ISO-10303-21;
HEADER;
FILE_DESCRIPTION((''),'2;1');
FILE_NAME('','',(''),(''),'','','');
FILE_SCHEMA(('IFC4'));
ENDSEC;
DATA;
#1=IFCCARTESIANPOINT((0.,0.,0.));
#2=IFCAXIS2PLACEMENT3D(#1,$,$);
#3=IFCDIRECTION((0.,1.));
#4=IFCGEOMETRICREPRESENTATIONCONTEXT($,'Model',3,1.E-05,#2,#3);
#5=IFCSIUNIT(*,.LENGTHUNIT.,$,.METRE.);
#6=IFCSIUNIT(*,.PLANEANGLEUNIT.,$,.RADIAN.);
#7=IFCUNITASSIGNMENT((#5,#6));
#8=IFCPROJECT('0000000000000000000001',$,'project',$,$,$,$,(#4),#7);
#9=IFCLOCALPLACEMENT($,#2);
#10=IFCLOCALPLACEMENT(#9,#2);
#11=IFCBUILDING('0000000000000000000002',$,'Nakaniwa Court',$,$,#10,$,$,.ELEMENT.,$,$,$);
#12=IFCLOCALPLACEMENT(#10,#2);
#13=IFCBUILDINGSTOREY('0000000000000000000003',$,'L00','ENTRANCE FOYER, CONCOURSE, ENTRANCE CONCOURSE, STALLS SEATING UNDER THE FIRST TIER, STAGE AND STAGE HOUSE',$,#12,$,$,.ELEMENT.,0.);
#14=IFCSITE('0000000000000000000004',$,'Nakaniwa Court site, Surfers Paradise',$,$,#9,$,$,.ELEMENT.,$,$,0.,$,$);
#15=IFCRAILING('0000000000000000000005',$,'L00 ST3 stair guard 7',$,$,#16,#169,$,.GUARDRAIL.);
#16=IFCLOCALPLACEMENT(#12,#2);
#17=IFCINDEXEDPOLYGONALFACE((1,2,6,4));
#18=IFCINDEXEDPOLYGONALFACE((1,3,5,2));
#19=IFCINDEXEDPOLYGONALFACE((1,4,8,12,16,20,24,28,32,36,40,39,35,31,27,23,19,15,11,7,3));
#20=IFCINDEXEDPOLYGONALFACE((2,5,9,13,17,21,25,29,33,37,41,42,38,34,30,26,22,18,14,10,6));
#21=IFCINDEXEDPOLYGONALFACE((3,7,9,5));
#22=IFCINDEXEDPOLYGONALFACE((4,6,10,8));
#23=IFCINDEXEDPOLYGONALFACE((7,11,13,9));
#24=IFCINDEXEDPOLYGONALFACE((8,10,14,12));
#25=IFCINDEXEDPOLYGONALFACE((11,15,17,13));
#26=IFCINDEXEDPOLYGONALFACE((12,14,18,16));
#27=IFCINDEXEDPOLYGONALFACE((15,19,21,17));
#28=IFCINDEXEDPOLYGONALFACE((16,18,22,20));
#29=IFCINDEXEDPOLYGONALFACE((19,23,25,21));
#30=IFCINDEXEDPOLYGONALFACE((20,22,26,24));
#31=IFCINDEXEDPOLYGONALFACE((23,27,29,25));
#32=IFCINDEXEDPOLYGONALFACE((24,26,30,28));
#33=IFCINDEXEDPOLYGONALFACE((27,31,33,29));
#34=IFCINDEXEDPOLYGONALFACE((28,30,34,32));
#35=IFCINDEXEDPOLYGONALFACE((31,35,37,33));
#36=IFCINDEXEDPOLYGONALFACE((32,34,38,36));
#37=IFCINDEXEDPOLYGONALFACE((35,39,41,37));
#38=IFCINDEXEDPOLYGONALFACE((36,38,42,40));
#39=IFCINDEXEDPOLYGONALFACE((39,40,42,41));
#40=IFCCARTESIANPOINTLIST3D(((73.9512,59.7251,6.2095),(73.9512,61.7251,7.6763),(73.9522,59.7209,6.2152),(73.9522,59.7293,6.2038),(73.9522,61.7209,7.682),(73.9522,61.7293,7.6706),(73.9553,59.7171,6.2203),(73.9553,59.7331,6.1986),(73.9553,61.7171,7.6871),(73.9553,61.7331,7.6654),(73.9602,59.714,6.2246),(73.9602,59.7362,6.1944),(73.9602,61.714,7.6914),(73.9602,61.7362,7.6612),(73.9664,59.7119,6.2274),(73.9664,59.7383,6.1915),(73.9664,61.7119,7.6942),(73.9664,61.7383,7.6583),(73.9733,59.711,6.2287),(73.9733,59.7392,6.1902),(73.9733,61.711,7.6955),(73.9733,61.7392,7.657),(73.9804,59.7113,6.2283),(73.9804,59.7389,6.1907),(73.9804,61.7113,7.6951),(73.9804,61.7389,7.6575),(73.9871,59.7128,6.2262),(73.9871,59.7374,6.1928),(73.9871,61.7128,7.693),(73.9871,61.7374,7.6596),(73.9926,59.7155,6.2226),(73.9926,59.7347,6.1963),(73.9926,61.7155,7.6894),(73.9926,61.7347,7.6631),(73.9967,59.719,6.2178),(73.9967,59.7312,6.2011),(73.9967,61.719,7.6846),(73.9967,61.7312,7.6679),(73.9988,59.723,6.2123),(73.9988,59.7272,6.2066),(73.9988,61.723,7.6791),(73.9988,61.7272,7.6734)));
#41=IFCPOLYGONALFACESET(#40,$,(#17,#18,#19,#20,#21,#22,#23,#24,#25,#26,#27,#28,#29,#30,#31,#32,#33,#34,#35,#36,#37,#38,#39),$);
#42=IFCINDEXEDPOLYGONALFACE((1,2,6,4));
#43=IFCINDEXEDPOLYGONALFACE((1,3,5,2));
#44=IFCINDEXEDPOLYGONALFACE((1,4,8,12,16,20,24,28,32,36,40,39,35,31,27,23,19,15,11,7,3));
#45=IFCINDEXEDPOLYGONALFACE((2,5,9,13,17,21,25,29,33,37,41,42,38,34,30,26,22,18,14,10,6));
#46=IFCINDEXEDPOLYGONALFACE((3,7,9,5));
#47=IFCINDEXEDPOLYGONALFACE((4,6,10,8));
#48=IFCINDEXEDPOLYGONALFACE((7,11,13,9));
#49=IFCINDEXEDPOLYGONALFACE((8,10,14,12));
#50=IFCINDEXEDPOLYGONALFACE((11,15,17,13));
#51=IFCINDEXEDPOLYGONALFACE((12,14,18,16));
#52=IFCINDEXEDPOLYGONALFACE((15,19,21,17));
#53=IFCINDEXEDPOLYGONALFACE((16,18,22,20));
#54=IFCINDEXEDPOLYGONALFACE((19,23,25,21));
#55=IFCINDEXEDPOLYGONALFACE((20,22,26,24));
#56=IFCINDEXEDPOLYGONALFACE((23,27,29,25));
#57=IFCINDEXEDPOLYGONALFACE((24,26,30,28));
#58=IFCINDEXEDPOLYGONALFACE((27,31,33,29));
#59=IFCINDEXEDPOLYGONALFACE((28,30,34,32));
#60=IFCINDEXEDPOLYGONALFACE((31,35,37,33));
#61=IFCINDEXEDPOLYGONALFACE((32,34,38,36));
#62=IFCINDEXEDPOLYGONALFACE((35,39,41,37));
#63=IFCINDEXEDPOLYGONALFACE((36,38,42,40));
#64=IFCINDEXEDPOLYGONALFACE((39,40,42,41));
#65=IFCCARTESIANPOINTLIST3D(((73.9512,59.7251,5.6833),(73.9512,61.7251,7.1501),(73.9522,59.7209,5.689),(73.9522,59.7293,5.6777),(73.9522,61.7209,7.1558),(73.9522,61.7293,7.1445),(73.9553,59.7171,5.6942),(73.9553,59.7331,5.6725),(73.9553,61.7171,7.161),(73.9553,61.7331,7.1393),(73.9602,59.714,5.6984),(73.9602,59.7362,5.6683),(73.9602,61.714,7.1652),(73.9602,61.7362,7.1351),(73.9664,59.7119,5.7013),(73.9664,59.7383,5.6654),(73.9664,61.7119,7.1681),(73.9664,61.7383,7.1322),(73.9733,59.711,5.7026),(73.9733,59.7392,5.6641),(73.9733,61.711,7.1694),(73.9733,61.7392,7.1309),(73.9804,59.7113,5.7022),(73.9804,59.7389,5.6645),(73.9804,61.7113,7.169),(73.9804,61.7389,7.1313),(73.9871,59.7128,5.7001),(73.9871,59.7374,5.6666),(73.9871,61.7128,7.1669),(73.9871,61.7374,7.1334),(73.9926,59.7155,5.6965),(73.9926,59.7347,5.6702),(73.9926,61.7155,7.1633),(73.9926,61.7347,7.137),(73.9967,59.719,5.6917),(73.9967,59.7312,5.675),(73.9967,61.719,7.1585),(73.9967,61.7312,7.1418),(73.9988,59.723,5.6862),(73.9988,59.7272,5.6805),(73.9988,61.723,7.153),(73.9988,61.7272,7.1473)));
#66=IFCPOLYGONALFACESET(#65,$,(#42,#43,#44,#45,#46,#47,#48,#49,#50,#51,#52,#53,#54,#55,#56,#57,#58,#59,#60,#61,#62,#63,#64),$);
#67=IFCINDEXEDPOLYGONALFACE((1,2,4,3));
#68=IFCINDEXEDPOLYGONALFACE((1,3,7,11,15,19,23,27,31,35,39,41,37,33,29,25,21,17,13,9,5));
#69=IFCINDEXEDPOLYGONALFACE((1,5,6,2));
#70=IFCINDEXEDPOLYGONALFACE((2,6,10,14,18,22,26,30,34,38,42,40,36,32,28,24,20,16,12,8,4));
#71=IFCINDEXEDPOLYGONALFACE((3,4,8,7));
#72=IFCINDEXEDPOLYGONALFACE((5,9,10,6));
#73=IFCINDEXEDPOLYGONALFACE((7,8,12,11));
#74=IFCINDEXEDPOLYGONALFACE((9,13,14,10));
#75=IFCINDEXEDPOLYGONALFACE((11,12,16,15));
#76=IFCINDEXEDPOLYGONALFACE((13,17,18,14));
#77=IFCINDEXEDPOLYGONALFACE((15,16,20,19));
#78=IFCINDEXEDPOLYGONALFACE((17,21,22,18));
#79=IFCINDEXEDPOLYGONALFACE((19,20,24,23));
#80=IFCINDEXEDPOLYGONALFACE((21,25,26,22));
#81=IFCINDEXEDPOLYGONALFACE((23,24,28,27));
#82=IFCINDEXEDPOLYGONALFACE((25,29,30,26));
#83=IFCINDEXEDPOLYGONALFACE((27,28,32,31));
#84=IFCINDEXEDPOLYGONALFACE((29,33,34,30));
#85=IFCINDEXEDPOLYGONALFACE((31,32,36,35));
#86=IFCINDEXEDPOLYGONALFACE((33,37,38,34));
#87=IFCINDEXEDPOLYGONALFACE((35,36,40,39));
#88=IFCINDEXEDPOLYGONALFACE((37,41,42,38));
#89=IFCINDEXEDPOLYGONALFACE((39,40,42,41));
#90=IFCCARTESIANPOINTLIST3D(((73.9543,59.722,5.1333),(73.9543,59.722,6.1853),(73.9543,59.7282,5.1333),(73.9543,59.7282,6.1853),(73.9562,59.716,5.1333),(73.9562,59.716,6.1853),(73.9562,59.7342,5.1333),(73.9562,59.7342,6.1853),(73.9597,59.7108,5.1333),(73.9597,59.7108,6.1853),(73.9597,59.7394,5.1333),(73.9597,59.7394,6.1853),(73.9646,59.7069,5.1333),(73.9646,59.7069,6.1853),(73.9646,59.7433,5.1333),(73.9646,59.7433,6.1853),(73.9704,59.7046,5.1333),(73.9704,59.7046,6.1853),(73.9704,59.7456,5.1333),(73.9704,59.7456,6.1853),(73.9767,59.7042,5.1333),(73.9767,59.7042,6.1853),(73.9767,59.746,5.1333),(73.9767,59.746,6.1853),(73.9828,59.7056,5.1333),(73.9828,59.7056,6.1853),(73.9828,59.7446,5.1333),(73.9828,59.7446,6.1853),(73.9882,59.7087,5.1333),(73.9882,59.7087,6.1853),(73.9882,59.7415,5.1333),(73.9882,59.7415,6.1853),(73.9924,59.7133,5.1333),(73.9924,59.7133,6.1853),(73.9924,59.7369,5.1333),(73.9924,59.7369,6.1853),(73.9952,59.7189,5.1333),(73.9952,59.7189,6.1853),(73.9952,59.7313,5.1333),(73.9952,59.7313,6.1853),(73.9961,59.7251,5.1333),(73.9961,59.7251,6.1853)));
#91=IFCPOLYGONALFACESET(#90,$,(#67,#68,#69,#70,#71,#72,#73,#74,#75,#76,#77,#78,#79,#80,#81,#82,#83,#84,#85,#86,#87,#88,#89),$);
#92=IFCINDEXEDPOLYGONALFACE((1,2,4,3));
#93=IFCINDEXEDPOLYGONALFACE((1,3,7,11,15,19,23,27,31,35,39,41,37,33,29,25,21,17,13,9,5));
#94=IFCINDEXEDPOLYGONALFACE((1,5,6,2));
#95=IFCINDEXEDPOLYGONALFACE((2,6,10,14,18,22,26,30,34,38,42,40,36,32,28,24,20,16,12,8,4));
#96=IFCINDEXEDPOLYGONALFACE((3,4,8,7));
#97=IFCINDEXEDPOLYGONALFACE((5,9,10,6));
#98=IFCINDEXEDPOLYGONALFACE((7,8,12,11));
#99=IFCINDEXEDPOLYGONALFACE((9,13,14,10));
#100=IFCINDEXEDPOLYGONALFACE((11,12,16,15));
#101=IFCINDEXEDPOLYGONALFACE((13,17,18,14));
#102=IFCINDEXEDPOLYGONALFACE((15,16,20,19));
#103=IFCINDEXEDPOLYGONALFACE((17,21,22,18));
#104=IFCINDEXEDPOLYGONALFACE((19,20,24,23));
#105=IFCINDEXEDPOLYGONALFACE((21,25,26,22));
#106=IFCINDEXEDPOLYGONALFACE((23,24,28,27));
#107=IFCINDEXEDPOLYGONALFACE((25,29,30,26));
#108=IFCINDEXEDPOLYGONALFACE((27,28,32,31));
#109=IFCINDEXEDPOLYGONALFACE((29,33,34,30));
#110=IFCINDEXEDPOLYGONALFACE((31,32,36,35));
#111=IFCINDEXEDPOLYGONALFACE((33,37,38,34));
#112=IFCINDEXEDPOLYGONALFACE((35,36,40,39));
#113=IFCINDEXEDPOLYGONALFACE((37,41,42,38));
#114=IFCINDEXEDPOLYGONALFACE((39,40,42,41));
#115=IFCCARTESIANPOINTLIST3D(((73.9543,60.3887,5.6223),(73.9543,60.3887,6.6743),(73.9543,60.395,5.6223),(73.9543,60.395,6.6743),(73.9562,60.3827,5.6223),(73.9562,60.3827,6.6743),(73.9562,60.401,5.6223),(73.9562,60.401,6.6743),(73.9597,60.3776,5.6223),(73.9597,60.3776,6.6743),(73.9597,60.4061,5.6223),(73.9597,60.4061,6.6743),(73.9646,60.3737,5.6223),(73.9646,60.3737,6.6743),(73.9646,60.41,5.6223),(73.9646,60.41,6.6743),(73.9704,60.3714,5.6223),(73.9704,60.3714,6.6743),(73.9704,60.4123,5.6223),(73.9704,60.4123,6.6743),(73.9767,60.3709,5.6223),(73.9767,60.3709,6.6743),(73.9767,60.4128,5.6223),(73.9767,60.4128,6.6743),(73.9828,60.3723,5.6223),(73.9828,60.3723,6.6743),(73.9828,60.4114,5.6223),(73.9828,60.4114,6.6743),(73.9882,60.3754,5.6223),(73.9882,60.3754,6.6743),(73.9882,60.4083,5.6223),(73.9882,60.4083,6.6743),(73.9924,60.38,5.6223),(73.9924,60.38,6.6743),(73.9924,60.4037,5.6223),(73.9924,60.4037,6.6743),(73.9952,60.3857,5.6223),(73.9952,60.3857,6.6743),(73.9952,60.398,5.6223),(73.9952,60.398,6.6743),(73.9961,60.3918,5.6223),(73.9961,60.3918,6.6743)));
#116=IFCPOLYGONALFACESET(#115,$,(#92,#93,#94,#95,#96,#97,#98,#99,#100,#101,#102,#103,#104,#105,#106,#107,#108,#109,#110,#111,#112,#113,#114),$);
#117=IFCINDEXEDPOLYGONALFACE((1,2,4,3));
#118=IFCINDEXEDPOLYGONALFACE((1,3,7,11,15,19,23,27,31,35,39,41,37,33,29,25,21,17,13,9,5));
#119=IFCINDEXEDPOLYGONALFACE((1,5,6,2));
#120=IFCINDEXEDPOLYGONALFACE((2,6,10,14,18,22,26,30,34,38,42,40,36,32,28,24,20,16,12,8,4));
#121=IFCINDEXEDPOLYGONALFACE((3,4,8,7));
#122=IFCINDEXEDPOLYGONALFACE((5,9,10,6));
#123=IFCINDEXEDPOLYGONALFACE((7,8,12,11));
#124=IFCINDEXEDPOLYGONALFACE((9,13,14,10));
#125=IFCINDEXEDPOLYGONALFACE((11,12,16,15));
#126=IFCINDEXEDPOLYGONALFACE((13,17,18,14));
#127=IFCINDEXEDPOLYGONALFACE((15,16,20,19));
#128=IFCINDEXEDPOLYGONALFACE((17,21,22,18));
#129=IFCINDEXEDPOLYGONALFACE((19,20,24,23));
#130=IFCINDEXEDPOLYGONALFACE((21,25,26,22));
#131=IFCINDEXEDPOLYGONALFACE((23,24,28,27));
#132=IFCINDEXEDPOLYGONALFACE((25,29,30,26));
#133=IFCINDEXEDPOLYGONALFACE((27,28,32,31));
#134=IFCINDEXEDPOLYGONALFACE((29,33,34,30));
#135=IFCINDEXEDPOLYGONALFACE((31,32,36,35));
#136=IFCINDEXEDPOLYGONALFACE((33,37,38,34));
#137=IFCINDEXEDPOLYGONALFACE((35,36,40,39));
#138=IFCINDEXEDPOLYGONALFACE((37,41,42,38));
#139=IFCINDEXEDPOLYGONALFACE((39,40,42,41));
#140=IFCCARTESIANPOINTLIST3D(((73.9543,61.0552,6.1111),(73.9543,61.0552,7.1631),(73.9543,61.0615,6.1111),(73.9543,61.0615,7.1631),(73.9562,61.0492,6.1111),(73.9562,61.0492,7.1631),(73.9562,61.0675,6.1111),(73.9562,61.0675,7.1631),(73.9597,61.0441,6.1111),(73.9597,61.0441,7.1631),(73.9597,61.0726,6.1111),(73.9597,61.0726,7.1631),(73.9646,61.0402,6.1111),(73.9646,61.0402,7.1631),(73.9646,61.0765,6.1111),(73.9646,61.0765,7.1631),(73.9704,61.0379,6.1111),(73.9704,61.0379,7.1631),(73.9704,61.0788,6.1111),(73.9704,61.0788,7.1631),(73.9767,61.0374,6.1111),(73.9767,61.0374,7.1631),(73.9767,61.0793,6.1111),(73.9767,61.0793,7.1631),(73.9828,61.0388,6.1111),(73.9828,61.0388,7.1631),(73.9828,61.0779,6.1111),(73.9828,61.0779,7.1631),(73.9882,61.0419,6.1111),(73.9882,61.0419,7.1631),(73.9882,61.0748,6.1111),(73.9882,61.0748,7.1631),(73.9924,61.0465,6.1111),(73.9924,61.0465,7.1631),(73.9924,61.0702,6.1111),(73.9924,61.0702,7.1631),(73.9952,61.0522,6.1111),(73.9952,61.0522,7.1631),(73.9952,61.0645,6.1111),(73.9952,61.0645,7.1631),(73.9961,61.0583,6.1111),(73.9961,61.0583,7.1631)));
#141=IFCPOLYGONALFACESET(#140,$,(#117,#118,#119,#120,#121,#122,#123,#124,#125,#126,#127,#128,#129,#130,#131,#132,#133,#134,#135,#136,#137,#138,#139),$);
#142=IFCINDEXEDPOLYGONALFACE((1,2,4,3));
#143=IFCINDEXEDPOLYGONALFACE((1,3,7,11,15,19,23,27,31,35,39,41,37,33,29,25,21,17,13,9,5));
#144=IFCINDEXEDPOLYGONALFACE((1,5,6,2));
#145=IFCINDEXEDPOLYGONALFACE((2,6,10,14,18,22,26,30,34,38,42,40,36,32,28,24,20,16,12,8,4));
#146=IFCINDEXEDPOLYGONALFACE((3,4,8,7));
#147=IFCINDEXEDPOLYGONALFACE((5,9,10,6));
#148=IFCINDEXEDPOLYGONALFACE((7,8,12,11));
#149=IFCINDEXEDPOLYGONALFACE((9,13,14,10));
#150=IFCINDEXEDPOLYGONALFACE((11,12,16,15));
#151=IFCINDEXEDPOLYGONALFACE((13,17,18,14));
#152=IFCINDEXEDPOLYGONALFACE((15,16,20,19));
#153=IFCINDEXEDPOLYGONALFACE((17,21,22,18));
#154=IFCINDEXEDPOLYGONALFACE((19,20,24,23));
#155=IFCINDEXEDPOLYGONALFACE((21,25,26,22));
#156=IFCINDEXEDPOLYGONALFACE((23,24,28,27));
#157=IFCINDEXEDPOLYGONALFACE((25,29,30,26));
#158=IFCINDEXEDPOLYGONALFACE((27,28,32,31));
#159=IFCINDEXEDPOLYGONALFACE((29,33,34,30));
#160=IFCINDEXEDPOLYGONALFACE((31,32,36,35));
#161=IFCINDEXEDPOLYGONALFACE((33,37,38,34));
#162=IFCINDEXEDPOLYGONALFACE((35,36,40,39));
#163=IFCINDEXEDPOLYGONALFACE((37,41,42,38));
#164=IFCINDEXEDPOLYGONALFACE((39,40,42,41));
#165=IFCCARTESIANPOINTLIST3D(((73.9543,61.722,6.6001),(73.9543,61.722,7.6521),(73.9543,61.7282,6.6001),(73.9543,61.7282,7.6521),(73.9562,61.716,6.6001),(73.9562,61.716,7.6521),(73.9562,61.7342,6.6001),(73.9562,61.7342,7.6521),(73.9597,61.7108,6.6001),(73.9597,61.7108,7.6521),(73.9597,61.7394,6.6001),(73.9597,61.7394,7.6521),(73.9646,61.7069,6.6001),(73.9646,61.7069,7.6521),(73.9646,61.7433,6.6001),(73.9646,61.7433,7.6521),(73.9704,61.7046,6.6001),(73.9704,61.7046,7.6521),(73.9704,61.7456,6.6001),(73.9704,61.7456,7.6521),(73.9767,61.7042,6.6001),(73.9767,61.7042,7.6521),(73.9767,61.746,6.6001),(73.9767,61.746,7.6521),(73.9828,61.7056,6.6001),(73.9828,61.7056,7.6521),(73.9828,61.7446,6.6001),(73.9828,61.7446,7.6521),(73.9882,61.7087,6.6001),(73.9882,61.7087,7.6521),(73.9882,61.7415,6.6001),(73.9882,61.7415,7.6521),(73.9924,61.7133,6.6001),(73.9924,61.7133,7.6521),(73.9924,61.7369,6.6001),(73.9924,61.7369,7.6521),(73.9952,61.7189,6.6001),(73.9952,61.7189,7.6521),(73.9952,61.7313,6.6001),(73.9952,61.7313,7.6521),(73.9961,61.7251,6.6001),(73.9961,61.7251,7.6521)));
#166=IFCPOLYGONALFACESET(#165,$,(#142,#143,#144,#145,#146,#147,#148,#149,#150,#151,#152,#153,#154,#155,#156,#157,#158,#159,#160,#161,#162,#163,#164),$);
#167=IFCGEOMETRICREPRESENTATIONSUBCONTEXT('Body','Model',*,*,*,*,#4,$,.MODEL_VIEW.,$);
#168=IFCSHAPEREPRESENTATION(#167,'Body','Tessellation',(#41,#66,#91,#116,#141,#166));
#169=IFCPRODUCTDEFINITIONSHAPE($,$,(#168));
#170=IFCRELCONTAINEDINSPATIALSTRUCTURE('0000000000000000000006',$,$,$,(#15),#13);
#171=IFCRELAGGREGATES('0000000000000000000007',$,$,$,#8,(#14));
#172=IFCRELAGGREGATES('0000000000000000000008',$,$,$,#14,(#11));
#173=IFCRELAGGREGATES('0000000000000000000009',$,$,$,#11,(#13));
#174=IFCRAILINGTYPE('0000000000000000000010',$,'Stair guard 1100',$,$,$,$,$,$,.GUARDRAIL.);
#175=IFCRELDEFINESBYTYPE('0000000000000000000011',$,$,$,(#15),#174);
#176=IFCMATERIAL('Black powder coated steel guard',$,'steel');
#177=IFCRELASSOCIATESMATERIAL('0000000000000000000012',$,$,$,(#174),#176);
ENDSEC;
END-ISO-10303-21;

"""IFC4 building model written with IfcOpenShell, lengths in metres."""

from ifc_helpers import new_model, si_unit, direction, frame, origin, origin_2d, place, context, subcontext, project, spatial, circle, extrude, material, type_object, element, save


model = new_model("IFC4")

# Units and contexts
model_context = context("Model", 3, precision=1e-05, world=origin(), true_north=direction((0.0, 1.0)))
body_context = subcontext(model_context, "Body", "Model", "MODEL_VIEW")
ifc_project = project(units=[si_unit("LENGTHUNIT", "METRE"), si_unit("PLANEANGLEUNIT", "RADIAN")], contexts=[model_context])

# Site, building, storey
site_placement = place(None, origin())
site = spatial("IfcSite", under=ifc_project, at=site_placement, Name="Nakaniwa Court site, Surfers Paradise", CompositionType="ELEMENT", RefElevation=0.0)
building_placement = place(site_placement, origin())
building = spatial("IfcBuilding", under=site, at=building_placement, Name="Nakaniwa Court", CompositionType="ELEMENT")
storey_placement = place(building_placement, origin())
storey = spatial("IfcBuildingStorey", under=building, at=storey_placement, Name="L00", Description="ENTRANCE FOYER, CONCOURSE, ENTRANCE CONCOURSE, STALLS SEATING UNDER THE FIRST TIER, STAGE AND STAGE HOUSE", CompositionType="ELEMENT", Elevation=0.0)

# Railing
ifc_material_1 = material(Name="Black powder coated steel guard", Category="steel")
railing_type_1 = type_object("IfcRailingType", Name="Stair guard 1100", PredefinedType="GUARDRAIL", material=ifc_material_1)
for number, where, name in (
    (1, (73.9751, 59.7251, 5.1333), "L00 ST3 stair guard 7"),
):
    element("IfcRailing", number, at=place(storey_placement, frame(where)), inside=storey, type_object=railing_type_1, Name=name, PredefinedType="GUARDRAIL", context=body_context, shape_type="SweptSolid", body=[
        extrude(circle(Radius=0.0239, at=origin_2d()), frame((0.0, 0.0, 1.0762), z_axis=(0.0, 0.80638, 0.591398), x_axis=(-1.0, 0.0, 0.0)), (0.0, 0.0, 1.0), 2.4802),
        extrude(circle(Radius=0.0239, at=origin_2d()), frame((0.0, 0.0, 0.55), z_axis=(0.0, 0.80638, 0.591398), x_axis=(-1.0, 0.0, 0.0)), (0.0, 0.0, 1.0), 2.4802),
        extrude(circle(Radius=0.021, at=origin_2d()), origin(), (0.0, 0.0, 1.0), 1.052),
        extrude(circle(Radius=0.021, at=origin_2d()), frame((0.0, 0.6667, 0.489)), (0.0, 0.0, 1.0), 1.052),
        extrude(circle(Radius=0.021, at=origin_2d()), frame((0.0, 1.3333, 0.9778)), (0.0, 0.0, 1.0), 1.052),
        extrude(circle(Radius=0.021, at=origin_2d()), frame((0.0, 2.0, 1.4668)), (0.0, 0.0, 1.0), 1.052),
    ])

save(model, "model.ifc")
